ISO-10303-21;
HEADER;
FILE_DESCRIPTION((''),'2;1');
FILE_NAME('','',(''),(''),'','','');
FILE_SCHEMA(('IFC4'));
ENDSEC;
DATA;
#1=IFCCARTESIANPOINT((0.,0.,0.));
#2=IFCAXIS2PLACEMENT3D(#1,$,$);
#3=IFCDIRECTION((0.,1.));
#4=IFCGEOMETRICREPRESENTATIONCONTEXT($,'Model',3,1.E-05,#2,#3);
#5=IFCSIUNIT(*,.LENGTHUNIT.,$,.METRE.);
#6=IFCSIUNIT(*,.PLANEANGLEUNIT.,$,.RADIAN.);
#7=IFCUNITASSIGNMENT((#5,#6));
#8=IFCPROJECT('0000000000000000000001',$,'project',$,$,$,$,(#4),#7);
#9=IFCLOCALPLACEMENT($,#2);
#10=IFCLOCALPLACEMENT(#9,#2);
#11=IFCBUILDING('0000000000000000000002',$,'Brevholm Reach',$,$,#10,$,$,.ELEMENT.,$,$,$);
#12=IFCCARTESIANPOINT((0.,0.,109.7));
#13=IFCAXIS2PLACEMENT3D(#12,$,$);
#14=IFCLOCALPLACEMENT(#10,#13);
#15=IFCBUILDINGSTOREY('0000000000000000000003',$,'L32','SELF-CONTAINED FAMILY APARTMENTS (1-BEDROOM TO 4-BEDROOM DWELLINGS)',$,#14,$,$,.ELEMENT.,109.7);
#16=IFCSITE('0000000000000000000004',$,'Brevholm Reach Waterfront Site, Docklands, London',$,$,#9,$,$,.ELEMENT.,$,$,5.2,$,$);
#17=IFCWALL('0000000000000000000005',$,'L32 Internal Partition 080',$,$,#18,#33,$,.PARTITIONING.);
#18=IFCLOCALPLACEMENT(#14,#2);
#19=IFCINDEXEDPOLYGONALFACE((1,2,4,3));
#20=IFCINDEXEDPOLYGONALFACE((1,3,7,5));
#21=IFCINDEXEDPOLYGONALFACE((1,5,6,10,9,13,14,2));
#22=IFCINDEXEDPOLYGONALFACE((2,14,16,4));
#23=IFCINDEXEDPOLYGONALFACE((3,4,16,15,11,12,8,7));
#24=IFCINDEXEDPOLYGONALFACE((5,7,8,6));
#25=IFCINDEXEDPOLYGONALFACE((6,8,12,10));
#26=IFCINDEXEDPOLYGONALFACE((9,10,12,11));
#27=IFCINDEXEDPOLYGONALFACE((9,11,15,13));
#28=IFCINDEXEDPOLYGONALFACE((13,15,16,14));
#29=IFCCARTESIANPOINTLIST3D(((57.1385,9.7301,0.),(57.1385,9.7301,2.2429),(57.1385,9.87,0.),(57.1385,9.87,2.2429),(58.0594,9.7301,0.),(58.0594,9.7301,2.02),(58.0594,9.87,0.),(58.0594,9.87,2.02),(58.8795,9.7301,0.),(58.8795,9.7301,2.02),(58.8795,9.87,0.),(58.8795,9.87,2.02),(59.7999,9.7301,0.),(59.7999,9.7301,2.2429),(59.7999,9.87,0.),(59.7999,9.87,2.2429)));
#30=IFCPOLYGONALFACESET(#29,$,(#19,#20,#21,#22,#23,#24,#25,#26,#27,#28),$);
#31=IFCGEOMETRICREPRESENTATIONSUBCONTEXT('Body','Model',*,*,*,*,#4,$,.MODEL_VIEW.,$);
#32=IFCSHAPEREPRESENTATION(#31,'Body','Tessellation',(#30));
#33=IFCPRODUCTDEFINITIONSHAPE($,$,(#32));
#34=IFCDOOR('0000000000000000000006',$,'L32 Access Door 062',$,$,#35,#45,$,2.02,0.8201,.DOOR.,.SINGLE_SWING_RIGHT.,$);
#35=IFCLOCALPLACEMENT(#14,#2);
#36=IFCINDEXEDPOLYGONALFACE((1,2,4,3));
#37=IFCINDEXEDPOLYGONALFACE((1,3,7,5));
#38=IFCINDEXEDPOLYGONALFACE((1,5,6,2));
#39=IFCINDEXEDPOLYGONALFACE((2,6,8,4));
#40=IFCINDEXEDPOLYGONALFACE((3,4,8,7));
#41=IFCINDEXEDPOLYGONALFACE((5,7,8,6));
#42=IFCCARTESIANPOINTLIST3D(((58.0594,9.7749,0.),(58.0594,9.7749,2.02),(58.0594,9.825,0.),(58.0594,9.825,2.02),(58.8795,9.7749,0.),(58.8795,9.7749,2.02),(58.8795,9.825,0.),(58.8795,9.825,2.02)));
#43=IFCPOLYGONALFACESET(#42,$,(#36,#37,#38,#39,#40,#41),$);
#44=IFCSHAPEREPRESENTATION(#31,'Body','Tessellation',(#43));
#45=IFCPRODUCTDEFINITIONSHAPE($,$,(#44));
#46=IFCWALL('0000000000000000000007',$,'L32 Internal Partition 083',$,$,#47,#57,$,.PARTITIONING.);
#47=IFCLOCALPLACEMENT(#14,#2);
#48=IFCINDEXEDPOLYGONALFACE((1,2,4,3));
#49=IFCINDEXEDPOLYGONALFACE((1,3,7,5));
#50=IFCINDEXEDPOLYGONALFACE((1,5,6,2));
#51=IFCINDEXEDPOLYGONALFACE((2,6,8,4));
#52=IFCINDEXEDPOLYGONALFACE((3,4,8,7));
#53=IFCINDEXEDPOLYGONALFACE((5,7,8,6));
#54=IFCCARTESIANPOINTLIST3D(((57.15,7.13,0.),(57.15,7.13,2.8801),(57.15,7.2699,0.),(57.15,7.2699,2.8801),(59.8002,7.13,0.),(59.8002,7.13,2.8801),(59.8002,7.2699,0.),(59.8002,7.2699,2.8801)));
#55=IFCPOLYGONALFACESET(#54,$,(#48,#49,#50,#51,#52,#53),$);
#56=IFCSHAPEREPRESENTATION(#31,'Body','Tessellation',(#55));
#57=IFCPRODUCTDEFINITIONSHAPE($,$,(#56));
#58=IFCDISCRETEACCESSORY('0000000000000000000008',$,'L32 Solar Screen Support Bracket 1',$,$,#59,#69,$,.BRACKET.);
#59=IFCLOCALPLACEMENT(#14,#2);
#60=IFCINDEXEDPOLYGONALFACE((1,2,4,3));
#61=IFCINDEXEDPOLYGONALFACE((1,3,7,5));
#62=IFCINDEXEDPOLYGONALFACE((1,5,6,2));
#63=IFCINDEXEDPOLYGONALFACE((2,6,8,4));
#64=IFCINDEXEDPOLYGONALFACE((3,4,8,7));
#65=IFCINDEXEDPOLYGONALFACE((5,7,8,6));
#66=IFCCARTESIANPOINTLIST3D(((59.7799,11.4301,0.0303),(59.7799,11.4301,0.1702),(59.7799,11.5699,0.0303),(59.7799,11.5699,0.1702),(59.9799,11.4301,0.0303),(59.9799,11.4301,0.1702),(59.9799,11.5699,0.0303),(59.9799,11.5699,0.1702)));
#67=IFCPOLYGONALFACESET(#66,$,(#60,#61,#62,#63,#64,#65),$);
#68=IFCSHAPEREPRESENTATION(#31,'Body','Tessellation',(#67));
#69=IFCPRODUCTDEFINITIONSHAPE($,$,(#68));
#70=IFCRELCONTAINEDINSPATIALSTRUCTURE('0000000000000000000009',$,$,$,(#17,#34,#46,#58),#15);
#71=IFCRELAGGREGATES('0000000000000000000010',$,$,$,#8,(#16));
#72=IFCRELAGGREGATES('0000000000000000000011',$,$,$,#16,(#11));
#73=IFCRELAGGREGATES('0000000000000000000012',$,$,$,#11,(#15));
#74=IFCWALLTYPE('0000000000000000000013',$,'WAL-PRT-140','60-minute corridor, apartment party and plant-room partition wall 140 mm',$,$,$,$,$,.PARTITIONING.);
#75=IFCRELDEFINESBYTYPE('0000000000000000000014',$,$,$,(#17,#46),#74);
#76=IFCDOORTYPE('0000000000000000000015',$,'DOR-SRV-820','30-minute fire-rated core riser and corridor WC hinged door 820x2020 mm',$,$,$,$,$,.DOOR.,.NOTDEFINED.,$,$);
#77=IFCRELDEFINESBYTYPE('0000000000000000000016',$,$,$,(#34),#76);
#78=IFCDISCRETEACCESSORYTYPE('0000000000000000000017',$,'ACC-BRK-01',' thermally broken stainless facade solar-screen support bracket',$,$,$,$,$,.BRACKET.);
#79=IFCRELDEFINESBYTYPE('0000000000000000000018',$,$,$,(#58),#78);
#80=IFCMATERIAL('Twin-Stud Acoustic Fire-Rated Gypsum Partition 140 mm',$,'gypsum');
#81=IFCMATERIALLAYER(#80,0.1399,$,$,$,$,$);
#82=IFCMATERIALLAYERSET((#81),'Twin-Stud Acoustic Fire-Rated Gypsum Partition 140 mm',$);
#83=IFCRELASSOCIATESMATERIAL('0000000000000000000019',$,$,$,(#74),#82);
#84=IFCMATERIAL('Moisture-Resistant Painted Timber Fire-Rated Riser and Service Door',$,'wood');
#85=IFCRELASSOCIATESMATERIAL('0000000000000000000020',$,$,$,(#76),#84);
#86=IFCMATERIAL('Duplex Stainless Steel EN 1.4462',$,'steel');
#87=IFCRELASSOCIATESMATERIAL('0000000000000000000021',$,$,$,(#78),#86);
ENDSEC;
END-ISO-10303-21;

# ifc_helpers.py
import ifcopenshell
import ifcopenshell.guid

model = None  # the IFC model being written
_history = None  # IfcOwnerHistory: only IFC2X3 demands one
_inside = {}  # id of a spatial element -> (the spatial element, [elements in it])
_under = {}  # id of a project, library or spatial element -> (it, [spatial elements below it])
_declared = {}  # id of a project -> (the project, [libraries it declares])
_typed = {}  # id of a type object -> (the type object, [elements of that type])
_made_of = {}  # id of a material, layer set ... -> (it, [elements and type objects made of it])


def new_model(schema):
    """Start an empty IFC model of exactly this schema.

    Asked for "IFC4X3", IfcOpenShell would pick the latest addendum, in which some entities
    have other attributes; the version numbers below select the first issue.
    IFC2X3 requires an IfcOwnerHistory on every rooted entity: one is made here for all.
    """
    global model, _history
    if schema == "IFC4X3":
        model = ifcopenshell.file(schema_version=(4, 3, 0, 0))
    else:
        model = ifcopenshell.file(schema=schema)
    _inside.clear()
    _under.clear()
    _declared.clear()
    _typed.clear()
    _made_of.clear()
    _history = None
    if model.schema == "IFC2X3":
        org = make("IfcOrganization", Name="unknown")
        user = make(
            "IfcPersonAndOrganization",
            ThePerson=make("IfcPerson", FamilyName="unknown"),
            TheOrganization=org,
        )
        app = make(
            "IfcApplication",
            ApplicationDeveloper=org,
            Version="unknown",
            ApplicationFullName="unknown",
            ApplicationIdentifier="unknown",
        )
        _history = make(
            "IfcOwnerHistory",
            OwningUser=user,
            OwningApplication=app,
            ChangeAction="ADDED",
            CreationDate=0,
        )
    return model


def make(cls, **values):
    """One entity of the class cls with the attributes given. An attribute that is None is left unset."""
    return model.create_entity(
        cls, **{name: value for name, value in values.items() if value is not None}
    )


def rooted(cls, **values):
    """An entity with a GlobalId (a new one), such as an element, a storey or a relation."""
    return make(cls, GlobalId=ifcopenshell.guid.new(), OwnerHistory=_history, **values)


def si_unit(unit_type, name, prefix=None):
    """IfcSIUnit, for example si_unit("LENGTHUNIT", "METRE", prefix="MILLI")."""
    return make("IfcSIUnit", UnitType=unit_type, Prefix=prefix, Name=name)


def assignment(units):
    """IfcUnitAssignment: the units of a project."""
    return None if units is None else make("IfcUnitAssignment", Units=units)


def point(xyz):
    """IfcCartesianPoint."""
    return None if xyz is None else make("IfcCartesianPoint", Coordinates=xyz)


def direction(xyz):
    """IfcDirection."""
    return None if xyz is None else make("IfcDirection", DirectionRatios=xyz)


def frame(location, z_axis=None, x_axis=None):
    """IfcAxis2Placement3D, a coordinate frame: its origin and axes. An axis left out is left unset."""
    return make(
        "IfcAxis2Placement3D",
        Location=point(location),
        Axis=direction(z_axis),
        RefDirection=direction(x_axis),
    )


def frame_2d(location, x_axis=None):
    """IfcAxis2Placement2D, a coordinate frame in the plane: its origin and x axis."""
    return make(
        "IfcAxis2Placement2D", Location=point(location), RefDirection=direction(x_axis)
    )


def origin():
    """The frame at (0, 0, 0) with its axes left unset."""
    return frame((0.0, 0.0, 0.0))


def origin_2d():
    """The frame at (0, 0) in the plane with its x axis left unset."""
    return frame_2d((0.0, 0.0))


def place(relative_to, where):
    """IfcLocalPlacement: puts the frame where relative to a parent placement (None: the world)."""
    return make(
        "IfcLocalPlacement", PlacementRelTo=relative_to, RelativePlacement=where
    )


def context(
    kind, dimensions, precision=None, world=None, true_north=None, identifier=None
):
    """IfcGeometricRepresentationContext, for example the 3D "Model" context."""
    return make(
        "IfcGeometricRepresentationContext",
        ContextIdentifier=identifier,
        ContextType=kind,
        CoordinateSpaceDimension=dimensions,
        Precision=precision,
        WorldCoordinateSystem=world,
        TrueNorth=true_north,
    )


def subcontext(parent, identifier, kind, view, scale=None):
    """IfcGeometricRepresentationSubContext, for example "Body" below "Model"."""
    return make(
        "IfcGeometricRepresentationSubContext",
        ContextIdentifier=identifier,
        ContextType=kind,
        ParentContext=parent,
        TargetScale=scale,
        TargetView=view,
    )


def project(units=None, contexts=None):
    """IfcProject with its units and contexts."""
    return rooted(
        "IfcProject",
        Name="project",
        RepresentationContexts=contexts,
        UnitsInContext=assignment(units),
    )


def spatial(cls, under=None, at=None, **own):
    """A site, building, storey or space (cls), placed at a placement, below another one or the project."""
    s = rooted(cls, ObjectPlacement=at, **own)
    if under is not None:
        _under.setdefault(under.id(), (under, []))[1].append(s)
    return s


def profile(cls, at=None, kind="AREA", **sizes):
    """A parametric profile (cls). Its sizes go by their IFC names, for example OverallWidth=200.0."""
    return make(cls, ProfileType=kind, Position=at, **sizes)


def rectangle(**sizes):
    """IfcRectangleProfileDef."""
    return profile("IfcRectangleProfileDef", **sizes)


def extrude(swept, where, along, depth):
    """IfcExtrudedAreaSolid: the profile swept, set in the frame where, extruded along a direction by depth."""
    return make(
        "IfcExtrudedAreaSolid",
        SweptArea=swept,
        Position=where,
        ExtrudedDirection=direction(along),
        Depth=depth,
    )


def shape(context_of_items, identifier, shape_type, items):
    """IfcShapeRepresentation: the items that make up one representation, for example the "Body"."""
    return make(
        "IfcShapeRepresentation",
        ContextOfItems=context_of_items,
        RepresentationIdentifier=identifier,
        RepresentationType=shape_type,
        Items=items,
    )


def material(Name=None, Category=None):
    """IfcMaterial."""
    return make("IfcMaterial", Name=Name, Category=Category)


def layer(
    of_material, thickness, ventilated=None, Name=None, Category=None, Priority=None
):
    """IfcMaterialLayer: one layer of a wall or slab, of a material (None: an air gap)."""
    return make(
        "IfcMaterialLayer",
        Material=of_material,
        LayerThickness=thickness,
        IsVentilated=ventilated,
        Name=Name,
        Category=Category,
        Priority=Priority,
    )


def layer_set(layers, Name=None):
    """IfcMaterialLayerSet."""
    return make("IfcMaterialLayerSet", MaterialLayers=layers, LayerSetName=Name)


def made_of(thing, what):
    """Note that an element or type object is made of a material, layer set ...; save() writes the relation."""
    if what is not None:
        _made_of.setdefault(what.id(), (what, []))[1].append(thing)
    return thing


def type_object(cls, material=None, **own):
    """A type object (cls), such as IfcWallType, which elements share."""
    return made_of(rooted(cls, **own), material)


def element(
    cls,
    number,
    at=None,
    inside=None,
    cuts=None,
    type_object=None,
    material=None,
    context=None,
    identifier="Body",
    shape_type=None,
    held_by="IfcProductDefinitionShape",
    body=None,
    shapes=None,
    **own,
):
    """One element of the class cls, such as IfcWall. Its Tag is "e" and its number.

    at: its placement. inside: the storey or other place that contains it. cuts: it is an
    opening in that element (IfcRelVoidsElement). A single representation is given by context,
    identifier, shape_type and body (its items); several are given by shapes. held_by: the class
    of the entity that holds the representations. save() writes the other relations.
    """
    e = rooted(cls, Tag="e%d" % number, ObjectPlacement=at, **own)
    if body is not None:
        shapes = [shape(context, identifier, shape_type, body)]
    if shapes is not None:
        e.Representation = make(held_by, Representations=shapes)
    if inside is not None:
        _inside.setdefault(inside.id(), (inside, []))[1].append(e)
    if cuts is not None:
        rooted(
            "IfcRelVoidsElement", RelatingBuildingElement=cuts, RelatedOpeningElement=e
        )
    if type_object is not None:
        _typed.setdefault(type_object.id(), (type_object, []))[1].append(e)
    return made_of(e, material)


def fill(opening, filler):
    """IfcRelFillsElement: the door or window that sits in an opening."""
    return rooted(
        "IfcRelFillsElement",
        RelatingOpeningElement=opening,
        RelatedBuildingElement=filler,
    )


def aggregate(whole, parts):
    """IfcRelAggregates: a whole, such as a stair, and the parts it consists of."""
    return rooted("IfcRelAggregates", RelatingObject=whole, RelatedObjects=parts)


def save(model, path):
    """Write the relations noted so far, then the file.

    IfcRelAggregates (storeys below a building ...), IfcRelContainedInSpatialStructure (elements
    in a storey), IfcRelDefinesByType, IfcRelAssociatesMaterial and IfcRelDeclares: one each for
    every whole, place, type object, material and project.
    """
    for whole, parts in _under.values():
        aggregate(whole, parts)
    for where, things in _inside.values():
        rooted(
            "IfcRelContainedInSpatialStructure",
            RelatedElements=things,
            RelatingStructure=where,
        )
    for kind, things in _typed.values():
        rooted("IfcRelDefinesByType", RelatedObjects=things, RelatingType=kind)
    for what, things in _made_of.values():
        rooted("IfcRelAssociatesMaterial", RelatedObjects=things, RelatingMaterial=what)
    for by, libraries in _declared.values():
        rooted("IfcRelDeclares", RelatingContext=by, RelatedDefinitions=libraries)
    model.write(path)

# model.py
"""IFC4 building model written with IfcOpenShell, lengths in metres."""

from ifc_helpers import new_model, si_unit, direction, frame, frame_2d, origin, origin_2d, place, context, subcontext, project, spatial, rectangle, extrude, material, layer, layer_set, type_object, element, fill, save


model = new_model("IFC4")

# Units and contexts
model_context = context("Model", 3, precision=1e-05, world=origin(), true_north=direction((0.0, 1.0)))
body_context = subcontext(model_context, "Body", "Model", "MODEL_VIEW")
ifc_project = project(units=[si_unit("LENGTHUNIT", "METRE"), si_unit("PLANEANGLEUNIT", "RADIAN")], contexts=[model_context])

# Site, building, storey
site_placement = place(None, origin())
site = spatial("IfcSite", under=ifc_project, at=site_placement, Name="Brevholm Reach Waterfront Site, Docklands, London", CompositionType="ELEMENT", RefElevation=5.2)
building_placement = place(site_placement, origin())
building = spatial("IfcBuilding", under=site, at=building_placement, Name="Brevholm Reach", CompositionType="ELEMENT")
storey_placement = place(building_placement, frame((0.0, 0.0, 109.7)))
storey = spatial("IfcBuildingStorey", under=building, at=storey_placement, Name="L32", Description="SELF-CONTAINED FAMILY APARTMENTS (1-BEDROOM TO 4-BEDROOM DWELLINGS)", CompositionType="ELEMENT", Elevation=109.7)

# Wall, opening, door
ifc_material_1 = material(Name="Twin-Stud Acoustic Fire-Rated Gypsum Partition 140 mm", Category="gypsum")
ifc_layer_1 = layer(ifc_material_1, 0.1399)
ifc_layer_set_1 = layer_set([ifc_layer_1], Name="Twin-Stud Acoustic Fire-Rated Gypsum Partition 140 mm")
wall_type_1 = type_object("IfcWallType", Name="WAL-PRT-140", Description="60-minute corridor, apartment party and plant-room partition wall 140 mm", PredefinedType="PARTITIONING", material=ifc_layer_set_1)
wall_1_placement = place(storey_placement, frame((57.1387, 9.8, 0.0), z_axis=(0.0, 0.0, 1.0), x_axis=(1.0, 0.0, 0.0)))
wall_1 = element("IfcWall", 1, at=wall_1_placement, inside=storey, type_object=wall_type_1, Name="L32 Internal Partition 080", PredefinedType="PARTITIONING", context=body_context, shape_type="SweptSolid", body=[
    extrude(rectangle(XDim=2.6614, YDim=0.1399, at=frame_2d((1.3306, 0.0))), origin(), (0.0, 0.0, 1.0), 2.2429),
])
opening_1_placement = place(wall_1_placement, frame((0.9207, 0.0, 0.0)))
opening_1 = element("IfcOpeningElement", 2, at=opening_1_placement, cuts=wall_1, PredefinedType="OPENING", context=body_context, shape_type="SweptSolid", body=[
    extrude(rectangle(XDim=0.8201, YDim=2.02, at=frame_2d((0.4102, 1.01))), frame((0.0, 0.0798, 0.0), z_axis=(0.0, -1.0, 0.0), x_axis=(1.0, 0.0, 0.0)), (0.0, 0.0, 1.0), 0.1599),
])
ifc_material_2 = material(Name="Moisture-Resistant Painted Timber Fire-Rated Riser and Service Door", Category="wood")
door_type_1 = type_object("IfcDoorType", Name="DOR-SRV-820", Description="30-minute fire-rated core riser and corridor WC hinged door 820x2020 mm", OperationType="NOTDEFINED", PredefinedType="DOOR", material=ifc_material_2)
door_1_placement = place(opening_1_placement, origin())
door_1 = element("IfcDoor", 3, at=door_1_placement, inside=storey, type_object=door_type_1, Name="L32 Access Door 062", OperationType="SINGLE_SWING_RIGHT", OverallHeight=2.02, OverallWidth=0.8201, PredefinedType="DOOR", context=body_context, shape_type="SweptSolid", body=[
    extrude(rectangle(XDim=0.8201, YDim=2.02, at=frame_2d((0.4102, 1.01))), frame((0.0, 0.0249, 0.0), z_axis=(0.0, -1.0, 0.0), x_axis=(1.0, 0.0, 0.0)), (0.0, 0.0, 1.0), 0.05),
])
fill(opening_1, door_1)

# Wall
wall_2_placement = place(storey_placement, frame((57.1499, 7.2, 0.0), z_axis=(0.0, 0.0, 1.0), x_axis=(1.0, 0.0, 0.0)))
element("IfcWall", 4, at=wall_2_placement, inside=storey, type_object=wall_type_1, Name="L32 Internal Partition 083", PredefinedType="PARTITIONING", context=body_context, shape_type="SweptSolid", body=[
    extrude(rectangle(XDim=2.6501, YDim=0.1399, at=frame_2d((1.3252, 0.0))), origin(), (0.0, 0.0, 1.0), 2.8801),
])

# Discrete accessory
ifc_material_3 = material(Name="Duplex Stainless Steel EN 1.4462", Category="steel")
discrete_accessory_type = type_object("IfcDiscreteAccessoryType", Name="ACC-BRK-01", Description=" thermally broken stainless facade solar-screen support bracket", PredefinedType="BRACKET", material=ifc_material_3)
discrete_accessory_placement = place(storey_placement, frame((59.8799, 11.5, 0.0303), z_axis=(0.0, 0.0, 1.0), x_axis=(1.0, 0.0, 0.0)))
element("IfcDiscreteAccessory", 5, at=discrete_accessory_placement, inside=storey, type_object=discrete_accessory_type, Name="L32 Solar Screen Support Bracket 1", PredefinedType="BRACKET", context=body_context, shape_type="SweptSolid", body=[
    extrude(rectangle(XDim=0.2, YDim=0.1399, at=origin_2d()), origin(), (0.0, 0.0, 1.0), 0.1399),
])

save(model, "model.ifc")
